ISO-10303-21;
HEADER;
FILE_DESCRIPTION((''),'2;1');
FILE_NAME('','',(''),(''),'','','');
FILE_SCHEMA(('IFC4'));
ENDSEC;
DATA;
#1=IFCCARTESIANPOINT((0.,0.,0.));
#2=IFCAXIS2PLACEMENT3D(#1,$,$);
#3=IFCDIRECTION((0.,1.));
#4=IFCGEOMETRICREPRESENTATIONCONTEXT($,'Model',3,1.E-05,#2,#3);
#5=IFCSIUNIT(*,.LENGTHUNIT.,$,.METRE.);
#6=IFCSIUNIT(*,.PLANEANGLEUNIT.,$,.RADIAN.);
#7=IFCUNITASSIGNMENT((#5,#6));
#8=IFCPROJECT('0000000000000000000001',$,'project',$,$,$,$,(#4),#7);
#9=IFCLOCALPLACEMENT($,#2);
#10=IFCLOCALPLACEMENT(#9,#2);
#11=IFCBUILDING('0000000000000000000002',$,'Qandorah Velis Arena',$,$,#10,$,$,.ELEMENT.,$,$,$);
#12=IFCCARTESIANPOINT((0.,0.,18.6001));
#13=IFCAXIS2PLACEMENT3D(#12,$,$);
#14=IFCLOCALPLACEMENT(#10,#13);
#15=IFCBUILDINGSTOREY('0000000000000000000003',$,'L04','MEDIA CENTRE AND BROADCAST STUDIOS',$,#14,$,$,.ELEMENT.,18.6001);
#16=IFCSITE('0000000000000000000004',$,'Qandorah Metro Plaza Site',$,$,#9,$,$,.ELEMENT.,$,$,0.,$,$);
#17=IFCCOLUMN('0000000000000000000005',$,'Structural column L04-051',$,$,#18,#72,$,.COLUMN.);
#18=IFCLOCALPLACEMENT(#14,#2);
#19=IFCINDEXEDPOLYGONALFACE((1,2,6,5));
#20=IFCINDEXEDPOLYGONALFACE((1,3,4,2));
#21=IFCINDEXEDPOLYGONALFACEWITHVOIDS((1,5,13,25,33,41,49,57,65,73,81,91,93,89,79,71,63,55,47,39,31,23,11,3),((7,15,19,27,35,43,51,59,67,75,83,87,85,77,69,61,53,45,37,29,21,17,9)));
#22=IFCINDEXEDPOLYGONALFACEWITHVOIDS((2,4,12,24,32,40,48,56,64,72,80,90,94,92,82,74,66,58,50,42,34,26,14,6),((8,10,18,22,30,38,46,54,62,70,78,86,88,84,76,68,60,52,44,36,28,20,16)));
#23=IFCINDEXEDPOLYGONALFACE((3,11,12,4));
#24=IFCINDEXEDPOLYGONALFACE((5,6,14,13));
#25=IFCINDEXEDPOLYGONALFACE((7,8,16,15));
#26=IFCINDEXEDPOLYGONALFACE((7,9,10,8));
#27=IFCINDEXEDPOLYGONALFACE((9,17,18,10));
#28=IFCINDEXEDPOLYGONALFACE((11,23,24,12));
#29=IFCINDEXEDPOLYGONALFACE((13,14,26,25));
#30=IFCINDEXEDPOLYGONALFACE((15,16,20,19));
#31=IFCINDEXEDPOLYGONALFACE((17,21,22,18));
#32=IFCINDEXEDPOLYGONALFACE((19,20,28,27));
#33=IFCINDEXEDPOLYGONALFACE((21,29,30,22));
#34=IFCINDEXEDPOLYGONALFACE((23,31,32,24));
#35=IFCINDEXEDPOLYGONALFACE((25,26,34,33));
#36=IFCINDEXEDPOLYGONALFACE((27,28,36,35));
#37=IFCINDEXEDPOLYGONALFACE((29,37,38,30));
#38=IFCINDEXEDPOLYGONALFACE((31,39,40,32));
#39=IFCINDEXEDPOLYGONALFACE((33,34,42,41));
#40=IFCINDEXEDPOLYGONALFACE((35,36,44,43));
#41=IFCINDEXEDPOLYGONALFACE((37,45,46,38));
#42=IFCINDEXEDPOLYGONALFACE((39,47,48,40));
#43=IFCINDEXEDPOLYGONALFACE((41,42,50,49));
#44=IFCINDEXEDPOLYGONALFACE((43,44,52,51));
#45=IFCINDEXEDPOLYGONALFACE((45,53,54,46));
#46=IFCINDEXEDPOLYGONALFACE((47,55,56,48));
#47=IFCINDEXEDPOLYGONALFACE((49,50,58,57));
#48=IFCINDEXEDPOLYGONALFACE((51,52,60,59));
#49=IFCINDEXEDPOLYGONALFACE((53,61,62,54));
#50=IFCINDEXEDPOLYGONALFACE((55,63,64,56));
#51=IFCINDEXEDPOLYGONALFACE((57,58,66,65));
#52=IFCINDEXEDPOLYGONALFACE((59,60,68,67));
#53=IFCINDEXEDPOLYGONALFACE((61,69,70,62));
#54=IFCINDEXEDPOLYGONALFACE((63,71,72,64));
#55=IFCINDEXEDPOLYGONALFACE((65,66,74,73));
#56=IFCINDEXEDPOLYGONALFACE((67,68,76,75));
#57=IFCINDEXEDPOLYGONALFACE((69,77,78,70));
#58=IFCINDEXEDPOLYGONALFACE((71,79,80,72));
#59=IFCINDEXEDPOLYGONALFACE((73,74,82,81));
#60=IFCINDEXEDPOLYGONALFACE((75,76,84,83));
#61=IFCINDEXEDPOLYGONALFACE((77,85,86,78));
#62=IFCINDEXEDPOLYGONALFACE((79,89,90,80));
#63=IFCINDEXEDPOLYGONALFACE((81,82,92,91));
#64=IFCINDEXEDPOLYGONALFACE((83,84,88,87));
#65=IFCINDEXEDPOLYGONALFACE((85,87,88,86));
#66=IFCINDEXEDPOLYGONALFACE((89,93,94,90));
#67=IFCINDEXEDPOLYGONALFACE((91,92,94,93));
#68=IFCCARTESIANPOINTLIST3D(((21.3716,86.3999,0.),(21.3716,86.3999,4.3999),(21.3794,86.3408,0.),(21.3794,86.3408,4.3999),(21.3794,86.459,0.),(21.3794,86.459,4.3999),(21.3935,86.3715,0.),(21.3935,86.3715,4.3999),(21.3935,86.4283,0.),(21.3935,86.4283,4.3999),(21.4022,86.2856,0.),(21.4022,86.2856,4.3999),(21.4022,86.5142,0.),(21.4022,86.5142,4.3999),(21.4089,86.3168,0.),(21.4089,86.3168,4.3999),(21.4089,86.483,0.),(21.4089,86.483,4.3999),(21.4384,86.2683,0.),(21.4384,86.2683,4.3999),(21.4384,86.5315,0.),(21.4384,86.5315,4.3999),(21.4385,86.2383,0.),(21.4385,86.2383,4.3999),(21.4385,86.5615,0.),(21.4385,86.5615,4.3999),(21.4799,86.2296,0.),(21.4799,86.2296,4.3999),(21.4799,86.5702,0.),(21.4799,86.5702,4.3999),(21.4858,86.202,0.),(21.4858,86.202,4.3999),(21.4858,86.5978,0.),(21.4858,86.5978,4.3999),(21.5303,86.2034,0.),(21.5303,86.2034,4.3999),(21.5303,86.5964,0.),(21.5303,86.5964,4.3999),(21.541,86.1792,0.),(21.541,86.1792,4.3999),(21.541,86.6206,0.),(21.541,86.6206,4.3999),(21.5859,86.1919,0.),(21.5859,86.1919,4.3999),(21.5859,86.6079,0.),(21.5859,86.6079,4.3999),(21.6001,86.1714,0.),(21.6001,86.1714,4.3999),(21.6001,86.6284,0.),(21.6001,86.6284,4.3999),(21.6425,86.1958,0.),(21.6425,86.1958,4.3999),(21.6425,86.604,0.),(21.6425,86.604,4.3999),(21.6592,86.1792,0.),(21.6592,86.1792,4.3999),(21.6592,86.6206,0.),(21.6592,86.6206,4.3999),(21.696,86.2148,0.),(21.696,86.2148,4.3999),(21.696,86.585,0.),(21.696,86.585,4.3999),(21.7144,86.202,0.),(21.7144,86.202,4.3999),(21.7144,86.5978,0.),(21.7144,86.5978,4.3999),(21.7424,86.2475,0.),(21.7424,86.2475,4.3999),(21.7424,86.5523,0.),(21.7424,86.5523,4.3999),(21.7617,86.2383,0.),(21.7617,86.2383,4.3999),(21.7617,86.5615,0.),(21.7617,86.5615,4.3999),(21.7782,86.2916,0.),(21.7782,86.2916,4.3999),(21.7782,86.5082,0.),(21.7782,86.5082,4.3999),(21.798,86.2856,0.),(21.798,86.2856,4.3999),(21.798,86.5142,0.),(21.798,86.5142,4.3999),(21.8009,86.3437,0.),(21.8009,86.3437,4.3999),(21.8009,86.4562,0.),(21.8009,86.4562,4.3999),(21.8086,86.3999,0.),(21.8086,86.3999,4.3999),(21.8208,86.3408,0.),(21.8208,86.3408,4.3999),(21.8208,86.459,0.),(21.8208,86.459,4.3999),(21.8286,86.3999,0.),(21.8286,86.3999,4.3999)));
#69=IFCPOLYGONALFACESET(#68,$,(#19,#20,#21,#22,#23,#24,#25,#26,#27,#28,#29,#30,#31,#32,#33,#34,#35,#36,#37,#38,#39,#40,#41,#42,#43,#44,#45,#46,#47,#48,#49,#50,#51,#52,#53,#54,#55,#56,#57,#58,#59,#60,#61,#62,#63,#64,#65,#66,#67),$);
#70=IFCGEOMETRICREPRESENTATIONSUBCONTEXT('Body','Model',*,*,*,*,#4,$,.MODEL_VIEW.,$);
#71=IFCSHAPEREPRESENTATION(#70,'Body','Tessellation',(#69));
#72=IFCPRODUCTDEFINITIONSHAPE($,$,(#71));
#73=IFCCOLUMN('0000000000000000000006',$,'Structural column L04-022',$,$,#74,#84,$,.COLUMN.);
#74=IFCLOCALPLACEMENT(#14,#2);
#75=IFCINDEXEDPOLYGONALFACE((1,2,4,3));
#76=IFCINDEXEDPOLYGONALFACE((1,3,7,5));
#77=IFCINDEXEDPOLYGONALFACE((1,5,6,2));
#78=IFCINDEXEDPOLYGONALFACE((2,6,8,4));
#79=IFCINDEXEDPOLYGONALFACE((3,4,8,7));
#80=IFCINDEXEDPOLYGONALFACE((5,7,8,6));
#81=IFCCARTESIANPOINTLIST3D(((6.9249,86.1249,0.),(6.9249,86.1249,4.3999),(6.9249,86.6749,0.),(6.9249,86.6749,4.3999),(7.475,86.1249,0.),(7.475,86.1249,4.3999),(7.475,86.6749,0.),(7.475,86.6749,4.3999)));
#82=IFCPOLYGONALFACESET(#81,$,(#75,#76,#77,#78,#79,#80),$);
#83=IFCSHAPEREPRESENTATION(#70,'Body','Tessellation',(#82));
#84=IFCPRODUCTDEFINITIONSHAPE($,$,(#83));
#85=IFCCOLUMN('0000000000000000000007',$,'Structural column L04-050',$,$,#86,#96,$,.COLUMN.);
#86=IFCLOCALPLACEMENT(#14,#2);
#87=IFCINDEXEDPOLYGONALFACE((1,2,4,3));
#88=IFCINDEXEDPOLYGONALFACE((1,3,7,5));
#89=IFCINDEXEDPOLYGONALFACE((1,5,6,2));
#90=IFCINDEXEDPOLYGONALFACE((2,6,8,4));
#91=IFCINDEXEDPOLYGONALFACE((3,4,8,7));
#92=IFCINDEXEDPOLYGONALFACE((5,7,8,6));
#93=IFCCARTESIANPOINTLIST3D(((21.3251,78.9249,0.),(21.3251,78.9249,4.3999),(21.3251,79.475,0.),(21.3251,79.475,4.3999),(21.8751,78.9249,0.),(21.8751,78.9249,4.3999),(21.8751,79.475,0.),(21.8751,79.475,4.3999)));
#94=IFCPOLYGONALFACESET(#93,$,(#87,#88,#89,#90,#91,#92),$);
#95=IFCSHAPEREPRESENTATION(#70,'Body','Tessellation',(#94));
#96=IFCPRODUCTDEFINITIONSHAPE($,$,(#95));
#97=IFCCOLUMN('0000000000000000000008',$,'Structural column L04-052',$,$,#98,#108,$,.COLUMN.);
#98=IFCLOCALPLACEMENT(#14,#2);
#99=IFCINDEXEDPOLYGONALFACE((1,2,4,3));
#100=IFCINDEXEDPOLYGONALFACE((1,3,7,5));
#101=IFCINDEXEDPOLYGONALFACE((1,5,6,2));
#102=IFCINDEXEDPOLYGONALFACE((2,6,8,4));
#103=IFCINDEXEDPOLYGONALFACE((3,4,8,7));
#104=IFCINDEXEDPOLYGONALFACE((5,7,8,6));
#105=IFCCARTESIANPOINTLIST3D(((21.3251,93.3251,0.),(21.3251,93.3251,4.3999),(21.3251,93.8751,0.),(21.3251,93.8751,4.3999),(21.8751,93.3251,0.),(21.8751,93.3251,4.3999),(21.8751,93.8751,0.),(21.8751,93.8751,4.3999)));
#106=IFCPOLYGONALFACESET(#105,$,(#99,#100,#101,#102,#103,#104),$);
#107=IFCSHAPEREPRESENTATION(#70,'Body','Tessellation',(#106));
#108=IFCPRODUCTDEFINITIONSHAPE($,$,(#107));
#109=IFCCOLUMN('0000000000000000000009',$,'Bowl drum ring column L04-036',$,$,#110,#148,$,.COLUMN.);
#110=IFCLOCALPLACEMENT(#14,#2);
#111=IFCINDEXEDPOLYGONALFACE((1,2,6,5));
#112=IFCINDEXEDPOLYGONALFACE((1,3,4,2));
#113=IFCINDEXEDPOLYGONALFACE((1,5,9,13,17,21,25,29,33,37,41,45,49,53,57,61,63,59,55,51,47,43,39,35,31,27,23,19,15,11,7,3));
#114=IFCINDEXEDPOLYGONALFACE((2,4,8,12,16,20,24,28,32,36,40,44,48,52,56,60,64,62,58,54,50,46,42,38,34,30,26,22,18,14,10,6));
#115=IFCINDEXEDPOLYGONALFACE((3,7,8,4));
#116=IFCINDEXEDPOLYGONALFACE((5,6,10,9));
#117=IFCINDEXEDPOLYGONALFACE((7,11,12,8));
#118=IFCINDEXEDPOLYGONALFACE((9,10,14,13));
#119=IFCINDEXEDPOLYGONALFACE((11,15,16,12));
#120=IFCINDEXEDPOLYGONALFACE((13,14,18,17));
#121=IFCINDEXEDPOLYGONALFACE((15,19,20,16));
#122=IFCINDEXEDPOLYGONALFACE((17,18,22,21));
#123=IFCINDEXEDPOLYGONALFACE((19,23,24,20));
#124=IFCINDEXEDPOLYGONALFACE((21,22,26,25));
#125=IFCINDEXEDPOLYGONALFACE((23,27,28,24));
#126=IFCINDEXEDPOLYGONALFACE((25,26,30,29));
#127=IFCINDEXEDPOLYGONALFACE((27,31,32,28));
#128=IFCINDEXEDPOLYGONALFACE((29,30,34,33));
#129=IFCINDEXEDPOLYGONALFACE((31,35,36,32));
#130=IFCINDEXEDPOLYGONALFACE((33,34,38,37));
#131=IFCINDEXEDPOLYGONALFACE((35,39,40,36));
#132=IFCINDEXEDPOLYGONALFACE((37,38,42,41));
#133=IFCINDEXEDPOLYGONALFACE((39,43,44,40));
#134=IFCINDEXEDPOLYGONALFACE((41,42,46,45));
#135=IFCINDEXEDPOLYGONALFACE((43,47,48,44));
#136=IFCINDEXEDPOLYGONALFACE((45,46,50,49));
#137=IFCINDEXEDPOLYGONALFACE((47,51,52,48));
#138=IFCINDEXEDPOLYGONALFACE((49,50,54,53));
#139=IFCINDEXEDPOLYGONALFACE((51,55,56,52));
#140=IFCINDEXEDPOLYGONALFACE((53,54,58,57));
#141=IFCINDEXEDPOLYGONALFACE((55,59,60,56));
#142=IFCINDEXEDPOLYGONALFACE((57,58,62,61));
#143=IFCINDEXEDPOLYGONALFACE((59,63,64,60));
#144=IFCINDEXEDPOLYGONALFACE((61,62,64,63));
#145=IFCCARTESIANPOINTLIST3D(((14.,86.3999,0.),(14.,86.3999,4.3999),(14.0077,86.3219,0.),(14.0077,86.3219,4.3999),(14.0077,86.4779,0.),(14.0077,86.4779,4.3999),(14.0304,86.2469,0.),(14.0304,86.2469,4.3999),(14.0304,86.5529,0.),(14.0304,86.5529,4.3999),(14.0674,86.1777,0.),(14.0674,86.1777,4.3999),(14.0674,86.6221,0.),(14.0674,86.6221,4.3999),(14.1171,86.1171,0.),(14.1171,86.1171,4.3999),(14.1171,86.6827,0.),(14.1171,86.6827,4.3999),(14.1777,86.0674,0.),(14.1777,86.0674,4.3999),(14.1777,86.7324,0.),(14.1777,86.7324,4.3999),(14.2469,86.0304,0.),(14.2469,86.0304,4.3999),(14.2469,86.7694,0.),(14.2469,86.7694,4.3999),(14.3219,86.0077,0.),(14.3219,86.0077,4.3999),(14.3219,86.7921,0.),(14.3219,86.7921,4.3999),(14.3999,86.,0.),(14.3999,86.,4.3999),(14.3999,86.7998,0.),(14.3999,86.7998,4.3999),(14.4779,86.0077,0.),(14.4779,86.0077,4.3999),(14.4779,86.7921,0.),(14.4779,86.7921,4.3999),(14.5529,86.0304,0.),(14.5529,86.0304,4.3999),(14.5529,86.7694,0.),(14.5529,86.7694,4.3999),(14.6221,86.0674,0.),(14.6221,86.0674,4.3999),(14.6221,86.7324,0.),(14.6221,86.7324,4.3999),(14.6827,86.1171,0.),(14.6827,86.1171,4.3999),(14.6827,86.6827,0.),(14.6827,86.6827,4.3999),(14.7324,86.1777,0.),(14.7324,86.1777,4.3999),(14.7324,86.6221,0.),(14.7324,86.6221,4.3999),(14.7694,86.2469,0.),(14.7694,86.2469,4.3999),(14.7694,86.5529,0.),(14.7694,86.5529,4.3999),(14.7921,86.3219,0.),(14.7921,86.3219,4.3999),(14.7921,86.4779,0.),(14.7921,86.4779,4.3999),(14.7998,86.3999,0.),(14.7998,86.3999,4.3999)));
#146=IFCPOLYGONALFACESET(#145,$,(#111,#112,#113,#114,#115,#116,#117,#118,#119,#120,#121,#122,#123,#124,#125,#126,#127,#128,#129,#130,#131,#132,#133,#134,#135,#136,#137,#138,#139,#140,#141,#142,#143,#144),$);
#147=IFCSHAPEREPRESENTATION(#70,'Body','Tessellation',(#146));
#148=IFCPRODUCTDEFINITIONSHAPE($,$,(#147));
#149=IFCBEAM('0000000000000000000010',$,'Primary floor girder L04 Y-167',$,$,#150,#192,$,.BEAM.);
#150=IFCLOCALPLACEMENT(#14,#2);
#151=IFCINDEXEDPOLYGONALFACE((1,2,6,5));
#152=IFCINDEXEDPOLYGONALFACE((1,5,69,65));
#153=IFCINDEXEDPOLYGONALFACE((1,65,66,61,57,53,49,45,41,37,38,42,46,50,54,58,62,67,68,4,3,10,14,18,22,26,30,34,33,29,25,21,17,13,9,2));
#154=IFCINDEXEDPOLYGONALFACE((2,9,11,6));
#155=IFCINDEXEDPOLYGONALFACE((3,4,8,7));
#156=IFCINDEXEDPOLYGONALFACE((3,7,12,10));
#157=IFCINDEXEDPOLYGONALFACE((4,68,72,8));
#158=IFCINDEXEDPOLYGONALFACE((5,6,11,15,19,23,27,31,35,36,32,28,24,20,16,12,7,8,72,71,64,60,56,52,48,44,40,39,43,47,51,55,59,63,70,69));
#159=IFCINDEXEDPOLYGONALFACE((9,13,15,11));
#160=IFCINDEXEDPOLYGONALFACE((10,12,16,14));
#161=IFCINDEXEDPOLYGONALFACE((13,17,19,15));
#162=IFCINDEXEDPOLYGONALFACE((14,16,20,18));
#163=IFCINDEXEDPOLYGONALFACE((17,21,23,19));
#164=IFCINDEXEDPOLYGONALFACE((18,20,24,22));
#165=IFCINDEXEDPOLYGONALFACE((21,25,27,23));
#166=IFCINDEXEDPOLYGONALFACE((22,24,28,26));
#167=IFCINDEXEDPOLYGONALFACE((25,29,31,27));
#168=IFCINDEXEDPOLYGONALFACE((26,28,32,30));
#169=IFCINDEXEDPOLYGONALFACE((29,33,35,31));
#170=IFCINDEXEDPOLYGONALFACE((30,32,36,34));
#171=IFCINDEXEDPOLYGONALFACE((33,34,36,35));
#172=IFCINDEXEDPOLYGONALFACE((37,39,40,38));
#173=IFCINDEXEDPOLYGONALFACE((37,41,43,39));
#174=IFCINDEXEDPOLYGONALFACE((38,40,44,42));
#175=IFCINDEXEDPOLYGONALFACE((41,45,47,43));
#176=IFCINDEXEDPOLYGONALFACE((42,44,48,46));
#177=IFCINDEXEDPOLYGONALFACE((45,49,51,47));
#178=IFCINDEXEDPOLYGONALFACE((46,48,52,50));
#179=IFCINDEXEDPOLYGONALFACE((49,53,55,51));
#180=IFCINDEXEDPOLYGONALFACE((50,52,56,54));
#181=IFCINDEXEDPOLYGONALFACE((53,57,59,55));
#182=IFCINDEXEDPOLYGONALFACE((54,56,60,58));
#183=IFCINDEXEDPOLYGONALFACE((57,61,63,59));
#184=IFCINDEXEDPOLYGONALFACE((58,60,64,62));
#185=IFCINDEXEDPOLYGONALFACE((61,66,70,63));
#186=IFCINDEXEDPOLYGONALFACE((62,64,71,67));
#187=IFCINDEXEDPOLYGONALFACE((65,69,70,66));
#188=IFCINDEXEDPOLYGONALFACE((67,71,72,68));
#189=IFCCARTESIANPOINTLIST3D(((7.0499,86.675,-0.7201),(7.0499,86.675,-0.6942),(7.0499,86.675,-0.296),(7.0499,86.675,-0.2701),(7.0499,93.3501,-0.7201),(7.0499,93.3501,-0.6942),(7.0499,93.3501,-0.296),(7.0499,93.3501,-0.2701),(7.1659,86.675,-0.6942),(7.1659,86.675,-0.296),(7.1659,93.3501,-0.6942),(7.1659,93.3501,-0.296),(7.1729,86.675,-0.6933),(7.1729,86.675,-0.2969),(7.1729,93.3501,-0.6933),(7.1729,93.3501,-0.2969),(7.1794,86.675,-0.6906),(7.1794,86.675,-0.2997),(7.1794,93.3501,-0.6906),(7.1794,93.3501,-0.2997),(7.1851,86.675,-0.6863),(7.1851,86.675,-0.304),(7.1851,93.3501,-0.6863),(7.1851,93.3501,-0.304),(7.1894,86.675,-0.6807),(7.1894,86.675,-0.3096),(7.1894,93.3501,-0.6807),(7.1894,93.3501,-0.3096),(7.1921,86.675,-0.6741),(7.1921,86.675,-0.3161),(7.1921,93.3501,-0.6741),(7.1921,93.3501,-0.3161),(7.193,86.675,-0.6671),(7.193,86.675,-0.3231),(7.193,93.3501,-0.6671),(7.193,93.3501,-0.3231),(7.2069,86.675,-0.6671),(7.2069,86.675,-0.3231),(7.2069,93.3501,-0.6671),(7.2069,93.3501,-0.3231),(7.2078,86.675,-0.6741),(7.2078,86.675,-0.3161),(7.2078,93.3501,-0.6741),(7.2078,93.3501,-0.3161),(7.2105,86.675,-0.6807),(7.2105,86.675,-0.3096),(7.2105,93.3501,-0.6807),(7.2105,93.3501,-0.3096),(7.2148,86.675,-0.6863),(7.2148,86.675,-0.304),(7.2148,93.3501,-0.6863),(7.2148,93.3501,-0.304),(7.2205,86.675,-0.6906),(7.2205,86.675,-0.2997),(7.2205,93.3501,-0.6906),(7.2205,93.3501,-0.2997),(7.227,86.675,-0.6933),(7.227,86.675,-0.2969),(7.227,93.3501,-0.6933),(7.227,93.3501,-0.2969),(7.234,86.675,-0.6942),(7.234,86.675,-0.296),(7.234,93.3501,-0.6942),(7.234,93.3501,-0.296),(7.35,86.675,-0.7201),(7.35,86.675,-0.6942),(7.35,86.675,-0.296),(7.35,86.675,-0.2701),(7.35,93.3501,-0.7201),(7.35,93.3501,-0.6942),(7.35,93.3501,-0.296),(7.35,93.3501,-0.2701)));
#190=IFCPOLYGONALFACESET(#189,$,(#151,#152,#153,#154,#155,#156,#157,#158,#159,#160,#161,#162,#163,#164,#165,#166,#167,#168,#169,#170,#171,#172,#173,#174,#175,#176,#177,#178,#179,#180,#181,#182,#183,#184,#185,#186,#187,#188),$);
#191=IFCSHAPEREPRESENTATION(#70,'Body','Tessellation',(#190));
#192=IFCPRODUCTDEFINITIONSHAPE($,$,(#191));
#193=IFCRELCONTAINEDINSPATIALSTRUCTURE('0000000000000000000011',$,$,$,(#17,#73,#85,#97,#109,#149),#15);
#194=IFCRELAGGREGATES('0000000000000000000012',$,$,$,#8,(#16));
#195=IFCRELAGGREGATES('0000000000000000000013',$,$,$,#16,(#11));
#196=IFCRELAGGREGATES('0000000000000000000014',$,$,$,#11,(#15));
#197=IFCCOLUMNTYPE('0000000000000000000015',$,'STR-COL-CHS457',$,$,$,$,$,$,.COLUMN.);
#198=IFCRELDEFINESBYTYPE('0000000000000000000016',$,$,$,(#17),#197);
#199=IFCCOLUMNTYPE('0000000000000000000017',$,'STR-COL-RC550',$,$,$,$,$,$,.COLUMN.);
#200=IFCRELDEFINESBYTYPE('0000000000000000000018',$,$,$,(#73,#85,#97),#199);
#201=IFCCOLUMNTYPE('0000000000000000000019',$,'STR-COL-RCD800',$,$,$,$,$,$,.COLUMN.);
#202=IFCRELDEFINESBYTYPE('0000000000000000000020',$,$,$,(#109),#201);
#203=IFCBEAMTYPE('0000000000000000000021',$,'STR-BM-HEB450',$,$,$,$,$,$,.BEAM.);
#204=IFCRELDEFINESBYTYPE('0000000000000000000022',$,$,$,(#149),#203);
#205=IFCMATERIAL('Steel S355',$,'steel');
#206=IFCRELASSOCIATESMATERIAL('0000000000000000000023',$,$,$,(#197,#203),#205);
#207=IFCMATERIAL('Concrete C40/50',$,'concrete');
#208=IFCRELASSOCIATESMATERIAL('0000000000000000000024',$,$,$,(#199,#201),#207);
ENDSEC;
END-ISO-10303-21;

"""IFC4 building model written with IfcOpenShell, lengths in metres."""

from ifc_helpers import new_model, si_unit, direction, frame, origin, origin_2d, place, context, subcontext, project, spatial, rectangle, circle, hollow_circle, i_section, extrude, material, material_profile, profile_set, type_object, element, save


model = new_model("IFC4")

# Units and contexts
model_context = context("Model", 3, precision=1e-05, world=origin(), true_north=direction((0.0, 1.0)))
body_context = subcontext(model_context, "Body", "Model", "MODEL_VIEW")
ifc_project = project(units=[si_unit("LENGTHUNIT", "METRE"), si_unit("PLANEANGLEUNIT", "RADIAN")], contexts=[model_context])

# Site, building, storey
site_placement = place(None, origin())
site = spatial("IfcSite", under=ifc_project, at=site_placement, Name="Qandorah Metro Plaza Site", CompositionType="ELEMENT", RefElevation=0.0)
building_placement = place(site_placement, origin())
building = spatial("IfcBuilding", under=site, at=building_placement, Name="Qandorah Velis Arena", CompositionType="ELEMENT")
storey_placement = place(building_placement, frame((0.0, 0.0, 18.6001)))
storey = spatial("IfcBuildingStorey", under=building, at=storey_placement, Name="L04", Description="MEDIA CENTRE AND BROADCAST STUDIOS", CompositionType="ELEMENT", Elevation=18.6001)

# Columns
ifc_material_1 = material(Name="Steel S355", Category="steel")
ifc_material_profile_1 = material_profile(ifc_material_1, hollow_circle(Radius=0.2285, WallThickness=0.02, at=origin_2d()), Name="CHS 457x20")
ifc_profile_set_1 = profile_set([ifc_material_profile_1], Name="Steel S355")
column_type_1 = type_object("IfcColumnType", Name="STR-COL-CHS457", PredefinedType="COLUMN", material=ifc_profile_set_1)
for number, where, z_axis, x_axis, name in (
    (1, (21.6001, 86.3999, 0.0), (0.0, 0.0, 1.0), (1.0, 0.0, 0.0), "Structural column L04-051"),
):
    element("IfcColumn", number, at=place(storey_placement, frame(where, z_axis=z_axis, x_axis=x_axis)), inside=storey, type_object=column_type_1, Name=name, PredefinedType="COLUMN", context=body_context, shape_type="SweptSolid", body=[
        extrude(hollow_circle(Radius=0.2285, WallThickness=0.02, at=origin_2d()), origin(), (0.0, 0.0, 1.0), 4.3999),
    ])
ifc_material_2 = material(Name="Concrete C40/50", Category="concrete")
ifc_material_profile_2 = material_profile(ifc_material_2, rectangle(XDim=0.55, YDim=0.55, at=origin_2d()), Name="RC COL 550x550")
ifc_profile_set_2 = profile_set([ifc_material_profile_2], Name="Concrete C40/50")
column_type_2 = type_object("IfcColumnType", Name="STR-COL-RC550", PredefinedType="COLUMN", material=ifc_profile_set_2)
for number, where, z_axis, x_axis, name in (
    (2, (7.2, 86.3999, 0.0), (0.0, 0.0, 1.0), (1.0, 0.0, 0.0), "Structural column L04-022"),
    (3, (21.6001, 79.2, 0.0), (0.0, 0.0, 1.0), (1.0, 0.0, 0.0), "Structural column L04-050"),
    (4, (21.6001, 93.6001, 0.0), (0.0, 0.0, 1.0), (1.0, 0.0, 0.0), "Structural column L04-052"),
):
    element("IfcColumn", number, at=place(storey_placement, frame(where, z_axis=z_axis, x_axis=x_axis)), inside=storey, type_object=column_type_2, Name=name, PredefinedType="COLUMN", context=body_context, shape_type="SweptSolid", body=[
        extrude(rectangle(XDim=0.55, YDim=0.55, at=origin_2d()), origin(), (0.0, 0.0, 1.0), 4.3999),
    ])
ifc_material_profile_3 = material_profile(ifc_material_2, circle(Radius=0.3999, at=origin_2d()), Name="RC D800")
ifc_profile_set_3 = profile_set([ifc_material_profile_3], Name="Concrete C40/50")
column_type_3 = type_object("IfcColumnType", Name="STR-COL-RCD800", PredefinedType="COLUMN", material=ifc_profile_set_3)
column_placement = place(storey_placement, frame((14.3999, 86.3999, 0.0), z_axis=(0.0, 0.0, 1.0), x_axis=(1.0, 0.0, 0.0)))
element("IfcColumn", 5, at=column_placement, inside=storey, type_object=column_type_3, Name="Bowl drum ring column L04-036", PredefinedType="COLUMN", context=body_context, shape_type="SweptSolid", body=[
    extrude(circle(Radius=0.3999, at=origin_2d()), origin(), (0.0, 0.0, 1.0), 4.3999),
])

# Beam
ifc_material_profile_4 = material_profile(ifc_material_1, i_section(OverallWidth=0.3, OverallDepth=0.45, WebThickness=0.0139, FlangeThickness=0.0259, FilletRadius=0.0271, at=origin_2d()), Name="HEB 450")
ifc_profile_set_4 = profile_set([ifc_material_profile_4], Name="Steel S355")
beam_type_1 = type_object("IfcBeamType", Name="STR-BM-HEB450", PredefinedType="BEAM", material=ifc_profile_set_4)
beam_1_placement = place(storey_placement, frame((7.2, 86.675, -0.4951), z_axis=(0.0, 1.0, 0.0), x_axis=(-1.0, 0.0, 0.0)))
element("IfcBeam", 6, at=beam_1_placement, inside=storey, type_object=beam_type_1, Name="Primary floor girder L04 Y-167", PredefinedType="BEAM", context=body_context, shape_type="SweptSolid", body=[
    extrude(i_section(OverallWidth=0.3, OverallDepth=0.45, WebThickness=0.0139, FlangeThickness=0.0259, FilletRadius=0.0271, at=origin_2d()), origin(), (0.0, 0.0, 1.0), 6.675),
])

save(model, "model.ifc")
